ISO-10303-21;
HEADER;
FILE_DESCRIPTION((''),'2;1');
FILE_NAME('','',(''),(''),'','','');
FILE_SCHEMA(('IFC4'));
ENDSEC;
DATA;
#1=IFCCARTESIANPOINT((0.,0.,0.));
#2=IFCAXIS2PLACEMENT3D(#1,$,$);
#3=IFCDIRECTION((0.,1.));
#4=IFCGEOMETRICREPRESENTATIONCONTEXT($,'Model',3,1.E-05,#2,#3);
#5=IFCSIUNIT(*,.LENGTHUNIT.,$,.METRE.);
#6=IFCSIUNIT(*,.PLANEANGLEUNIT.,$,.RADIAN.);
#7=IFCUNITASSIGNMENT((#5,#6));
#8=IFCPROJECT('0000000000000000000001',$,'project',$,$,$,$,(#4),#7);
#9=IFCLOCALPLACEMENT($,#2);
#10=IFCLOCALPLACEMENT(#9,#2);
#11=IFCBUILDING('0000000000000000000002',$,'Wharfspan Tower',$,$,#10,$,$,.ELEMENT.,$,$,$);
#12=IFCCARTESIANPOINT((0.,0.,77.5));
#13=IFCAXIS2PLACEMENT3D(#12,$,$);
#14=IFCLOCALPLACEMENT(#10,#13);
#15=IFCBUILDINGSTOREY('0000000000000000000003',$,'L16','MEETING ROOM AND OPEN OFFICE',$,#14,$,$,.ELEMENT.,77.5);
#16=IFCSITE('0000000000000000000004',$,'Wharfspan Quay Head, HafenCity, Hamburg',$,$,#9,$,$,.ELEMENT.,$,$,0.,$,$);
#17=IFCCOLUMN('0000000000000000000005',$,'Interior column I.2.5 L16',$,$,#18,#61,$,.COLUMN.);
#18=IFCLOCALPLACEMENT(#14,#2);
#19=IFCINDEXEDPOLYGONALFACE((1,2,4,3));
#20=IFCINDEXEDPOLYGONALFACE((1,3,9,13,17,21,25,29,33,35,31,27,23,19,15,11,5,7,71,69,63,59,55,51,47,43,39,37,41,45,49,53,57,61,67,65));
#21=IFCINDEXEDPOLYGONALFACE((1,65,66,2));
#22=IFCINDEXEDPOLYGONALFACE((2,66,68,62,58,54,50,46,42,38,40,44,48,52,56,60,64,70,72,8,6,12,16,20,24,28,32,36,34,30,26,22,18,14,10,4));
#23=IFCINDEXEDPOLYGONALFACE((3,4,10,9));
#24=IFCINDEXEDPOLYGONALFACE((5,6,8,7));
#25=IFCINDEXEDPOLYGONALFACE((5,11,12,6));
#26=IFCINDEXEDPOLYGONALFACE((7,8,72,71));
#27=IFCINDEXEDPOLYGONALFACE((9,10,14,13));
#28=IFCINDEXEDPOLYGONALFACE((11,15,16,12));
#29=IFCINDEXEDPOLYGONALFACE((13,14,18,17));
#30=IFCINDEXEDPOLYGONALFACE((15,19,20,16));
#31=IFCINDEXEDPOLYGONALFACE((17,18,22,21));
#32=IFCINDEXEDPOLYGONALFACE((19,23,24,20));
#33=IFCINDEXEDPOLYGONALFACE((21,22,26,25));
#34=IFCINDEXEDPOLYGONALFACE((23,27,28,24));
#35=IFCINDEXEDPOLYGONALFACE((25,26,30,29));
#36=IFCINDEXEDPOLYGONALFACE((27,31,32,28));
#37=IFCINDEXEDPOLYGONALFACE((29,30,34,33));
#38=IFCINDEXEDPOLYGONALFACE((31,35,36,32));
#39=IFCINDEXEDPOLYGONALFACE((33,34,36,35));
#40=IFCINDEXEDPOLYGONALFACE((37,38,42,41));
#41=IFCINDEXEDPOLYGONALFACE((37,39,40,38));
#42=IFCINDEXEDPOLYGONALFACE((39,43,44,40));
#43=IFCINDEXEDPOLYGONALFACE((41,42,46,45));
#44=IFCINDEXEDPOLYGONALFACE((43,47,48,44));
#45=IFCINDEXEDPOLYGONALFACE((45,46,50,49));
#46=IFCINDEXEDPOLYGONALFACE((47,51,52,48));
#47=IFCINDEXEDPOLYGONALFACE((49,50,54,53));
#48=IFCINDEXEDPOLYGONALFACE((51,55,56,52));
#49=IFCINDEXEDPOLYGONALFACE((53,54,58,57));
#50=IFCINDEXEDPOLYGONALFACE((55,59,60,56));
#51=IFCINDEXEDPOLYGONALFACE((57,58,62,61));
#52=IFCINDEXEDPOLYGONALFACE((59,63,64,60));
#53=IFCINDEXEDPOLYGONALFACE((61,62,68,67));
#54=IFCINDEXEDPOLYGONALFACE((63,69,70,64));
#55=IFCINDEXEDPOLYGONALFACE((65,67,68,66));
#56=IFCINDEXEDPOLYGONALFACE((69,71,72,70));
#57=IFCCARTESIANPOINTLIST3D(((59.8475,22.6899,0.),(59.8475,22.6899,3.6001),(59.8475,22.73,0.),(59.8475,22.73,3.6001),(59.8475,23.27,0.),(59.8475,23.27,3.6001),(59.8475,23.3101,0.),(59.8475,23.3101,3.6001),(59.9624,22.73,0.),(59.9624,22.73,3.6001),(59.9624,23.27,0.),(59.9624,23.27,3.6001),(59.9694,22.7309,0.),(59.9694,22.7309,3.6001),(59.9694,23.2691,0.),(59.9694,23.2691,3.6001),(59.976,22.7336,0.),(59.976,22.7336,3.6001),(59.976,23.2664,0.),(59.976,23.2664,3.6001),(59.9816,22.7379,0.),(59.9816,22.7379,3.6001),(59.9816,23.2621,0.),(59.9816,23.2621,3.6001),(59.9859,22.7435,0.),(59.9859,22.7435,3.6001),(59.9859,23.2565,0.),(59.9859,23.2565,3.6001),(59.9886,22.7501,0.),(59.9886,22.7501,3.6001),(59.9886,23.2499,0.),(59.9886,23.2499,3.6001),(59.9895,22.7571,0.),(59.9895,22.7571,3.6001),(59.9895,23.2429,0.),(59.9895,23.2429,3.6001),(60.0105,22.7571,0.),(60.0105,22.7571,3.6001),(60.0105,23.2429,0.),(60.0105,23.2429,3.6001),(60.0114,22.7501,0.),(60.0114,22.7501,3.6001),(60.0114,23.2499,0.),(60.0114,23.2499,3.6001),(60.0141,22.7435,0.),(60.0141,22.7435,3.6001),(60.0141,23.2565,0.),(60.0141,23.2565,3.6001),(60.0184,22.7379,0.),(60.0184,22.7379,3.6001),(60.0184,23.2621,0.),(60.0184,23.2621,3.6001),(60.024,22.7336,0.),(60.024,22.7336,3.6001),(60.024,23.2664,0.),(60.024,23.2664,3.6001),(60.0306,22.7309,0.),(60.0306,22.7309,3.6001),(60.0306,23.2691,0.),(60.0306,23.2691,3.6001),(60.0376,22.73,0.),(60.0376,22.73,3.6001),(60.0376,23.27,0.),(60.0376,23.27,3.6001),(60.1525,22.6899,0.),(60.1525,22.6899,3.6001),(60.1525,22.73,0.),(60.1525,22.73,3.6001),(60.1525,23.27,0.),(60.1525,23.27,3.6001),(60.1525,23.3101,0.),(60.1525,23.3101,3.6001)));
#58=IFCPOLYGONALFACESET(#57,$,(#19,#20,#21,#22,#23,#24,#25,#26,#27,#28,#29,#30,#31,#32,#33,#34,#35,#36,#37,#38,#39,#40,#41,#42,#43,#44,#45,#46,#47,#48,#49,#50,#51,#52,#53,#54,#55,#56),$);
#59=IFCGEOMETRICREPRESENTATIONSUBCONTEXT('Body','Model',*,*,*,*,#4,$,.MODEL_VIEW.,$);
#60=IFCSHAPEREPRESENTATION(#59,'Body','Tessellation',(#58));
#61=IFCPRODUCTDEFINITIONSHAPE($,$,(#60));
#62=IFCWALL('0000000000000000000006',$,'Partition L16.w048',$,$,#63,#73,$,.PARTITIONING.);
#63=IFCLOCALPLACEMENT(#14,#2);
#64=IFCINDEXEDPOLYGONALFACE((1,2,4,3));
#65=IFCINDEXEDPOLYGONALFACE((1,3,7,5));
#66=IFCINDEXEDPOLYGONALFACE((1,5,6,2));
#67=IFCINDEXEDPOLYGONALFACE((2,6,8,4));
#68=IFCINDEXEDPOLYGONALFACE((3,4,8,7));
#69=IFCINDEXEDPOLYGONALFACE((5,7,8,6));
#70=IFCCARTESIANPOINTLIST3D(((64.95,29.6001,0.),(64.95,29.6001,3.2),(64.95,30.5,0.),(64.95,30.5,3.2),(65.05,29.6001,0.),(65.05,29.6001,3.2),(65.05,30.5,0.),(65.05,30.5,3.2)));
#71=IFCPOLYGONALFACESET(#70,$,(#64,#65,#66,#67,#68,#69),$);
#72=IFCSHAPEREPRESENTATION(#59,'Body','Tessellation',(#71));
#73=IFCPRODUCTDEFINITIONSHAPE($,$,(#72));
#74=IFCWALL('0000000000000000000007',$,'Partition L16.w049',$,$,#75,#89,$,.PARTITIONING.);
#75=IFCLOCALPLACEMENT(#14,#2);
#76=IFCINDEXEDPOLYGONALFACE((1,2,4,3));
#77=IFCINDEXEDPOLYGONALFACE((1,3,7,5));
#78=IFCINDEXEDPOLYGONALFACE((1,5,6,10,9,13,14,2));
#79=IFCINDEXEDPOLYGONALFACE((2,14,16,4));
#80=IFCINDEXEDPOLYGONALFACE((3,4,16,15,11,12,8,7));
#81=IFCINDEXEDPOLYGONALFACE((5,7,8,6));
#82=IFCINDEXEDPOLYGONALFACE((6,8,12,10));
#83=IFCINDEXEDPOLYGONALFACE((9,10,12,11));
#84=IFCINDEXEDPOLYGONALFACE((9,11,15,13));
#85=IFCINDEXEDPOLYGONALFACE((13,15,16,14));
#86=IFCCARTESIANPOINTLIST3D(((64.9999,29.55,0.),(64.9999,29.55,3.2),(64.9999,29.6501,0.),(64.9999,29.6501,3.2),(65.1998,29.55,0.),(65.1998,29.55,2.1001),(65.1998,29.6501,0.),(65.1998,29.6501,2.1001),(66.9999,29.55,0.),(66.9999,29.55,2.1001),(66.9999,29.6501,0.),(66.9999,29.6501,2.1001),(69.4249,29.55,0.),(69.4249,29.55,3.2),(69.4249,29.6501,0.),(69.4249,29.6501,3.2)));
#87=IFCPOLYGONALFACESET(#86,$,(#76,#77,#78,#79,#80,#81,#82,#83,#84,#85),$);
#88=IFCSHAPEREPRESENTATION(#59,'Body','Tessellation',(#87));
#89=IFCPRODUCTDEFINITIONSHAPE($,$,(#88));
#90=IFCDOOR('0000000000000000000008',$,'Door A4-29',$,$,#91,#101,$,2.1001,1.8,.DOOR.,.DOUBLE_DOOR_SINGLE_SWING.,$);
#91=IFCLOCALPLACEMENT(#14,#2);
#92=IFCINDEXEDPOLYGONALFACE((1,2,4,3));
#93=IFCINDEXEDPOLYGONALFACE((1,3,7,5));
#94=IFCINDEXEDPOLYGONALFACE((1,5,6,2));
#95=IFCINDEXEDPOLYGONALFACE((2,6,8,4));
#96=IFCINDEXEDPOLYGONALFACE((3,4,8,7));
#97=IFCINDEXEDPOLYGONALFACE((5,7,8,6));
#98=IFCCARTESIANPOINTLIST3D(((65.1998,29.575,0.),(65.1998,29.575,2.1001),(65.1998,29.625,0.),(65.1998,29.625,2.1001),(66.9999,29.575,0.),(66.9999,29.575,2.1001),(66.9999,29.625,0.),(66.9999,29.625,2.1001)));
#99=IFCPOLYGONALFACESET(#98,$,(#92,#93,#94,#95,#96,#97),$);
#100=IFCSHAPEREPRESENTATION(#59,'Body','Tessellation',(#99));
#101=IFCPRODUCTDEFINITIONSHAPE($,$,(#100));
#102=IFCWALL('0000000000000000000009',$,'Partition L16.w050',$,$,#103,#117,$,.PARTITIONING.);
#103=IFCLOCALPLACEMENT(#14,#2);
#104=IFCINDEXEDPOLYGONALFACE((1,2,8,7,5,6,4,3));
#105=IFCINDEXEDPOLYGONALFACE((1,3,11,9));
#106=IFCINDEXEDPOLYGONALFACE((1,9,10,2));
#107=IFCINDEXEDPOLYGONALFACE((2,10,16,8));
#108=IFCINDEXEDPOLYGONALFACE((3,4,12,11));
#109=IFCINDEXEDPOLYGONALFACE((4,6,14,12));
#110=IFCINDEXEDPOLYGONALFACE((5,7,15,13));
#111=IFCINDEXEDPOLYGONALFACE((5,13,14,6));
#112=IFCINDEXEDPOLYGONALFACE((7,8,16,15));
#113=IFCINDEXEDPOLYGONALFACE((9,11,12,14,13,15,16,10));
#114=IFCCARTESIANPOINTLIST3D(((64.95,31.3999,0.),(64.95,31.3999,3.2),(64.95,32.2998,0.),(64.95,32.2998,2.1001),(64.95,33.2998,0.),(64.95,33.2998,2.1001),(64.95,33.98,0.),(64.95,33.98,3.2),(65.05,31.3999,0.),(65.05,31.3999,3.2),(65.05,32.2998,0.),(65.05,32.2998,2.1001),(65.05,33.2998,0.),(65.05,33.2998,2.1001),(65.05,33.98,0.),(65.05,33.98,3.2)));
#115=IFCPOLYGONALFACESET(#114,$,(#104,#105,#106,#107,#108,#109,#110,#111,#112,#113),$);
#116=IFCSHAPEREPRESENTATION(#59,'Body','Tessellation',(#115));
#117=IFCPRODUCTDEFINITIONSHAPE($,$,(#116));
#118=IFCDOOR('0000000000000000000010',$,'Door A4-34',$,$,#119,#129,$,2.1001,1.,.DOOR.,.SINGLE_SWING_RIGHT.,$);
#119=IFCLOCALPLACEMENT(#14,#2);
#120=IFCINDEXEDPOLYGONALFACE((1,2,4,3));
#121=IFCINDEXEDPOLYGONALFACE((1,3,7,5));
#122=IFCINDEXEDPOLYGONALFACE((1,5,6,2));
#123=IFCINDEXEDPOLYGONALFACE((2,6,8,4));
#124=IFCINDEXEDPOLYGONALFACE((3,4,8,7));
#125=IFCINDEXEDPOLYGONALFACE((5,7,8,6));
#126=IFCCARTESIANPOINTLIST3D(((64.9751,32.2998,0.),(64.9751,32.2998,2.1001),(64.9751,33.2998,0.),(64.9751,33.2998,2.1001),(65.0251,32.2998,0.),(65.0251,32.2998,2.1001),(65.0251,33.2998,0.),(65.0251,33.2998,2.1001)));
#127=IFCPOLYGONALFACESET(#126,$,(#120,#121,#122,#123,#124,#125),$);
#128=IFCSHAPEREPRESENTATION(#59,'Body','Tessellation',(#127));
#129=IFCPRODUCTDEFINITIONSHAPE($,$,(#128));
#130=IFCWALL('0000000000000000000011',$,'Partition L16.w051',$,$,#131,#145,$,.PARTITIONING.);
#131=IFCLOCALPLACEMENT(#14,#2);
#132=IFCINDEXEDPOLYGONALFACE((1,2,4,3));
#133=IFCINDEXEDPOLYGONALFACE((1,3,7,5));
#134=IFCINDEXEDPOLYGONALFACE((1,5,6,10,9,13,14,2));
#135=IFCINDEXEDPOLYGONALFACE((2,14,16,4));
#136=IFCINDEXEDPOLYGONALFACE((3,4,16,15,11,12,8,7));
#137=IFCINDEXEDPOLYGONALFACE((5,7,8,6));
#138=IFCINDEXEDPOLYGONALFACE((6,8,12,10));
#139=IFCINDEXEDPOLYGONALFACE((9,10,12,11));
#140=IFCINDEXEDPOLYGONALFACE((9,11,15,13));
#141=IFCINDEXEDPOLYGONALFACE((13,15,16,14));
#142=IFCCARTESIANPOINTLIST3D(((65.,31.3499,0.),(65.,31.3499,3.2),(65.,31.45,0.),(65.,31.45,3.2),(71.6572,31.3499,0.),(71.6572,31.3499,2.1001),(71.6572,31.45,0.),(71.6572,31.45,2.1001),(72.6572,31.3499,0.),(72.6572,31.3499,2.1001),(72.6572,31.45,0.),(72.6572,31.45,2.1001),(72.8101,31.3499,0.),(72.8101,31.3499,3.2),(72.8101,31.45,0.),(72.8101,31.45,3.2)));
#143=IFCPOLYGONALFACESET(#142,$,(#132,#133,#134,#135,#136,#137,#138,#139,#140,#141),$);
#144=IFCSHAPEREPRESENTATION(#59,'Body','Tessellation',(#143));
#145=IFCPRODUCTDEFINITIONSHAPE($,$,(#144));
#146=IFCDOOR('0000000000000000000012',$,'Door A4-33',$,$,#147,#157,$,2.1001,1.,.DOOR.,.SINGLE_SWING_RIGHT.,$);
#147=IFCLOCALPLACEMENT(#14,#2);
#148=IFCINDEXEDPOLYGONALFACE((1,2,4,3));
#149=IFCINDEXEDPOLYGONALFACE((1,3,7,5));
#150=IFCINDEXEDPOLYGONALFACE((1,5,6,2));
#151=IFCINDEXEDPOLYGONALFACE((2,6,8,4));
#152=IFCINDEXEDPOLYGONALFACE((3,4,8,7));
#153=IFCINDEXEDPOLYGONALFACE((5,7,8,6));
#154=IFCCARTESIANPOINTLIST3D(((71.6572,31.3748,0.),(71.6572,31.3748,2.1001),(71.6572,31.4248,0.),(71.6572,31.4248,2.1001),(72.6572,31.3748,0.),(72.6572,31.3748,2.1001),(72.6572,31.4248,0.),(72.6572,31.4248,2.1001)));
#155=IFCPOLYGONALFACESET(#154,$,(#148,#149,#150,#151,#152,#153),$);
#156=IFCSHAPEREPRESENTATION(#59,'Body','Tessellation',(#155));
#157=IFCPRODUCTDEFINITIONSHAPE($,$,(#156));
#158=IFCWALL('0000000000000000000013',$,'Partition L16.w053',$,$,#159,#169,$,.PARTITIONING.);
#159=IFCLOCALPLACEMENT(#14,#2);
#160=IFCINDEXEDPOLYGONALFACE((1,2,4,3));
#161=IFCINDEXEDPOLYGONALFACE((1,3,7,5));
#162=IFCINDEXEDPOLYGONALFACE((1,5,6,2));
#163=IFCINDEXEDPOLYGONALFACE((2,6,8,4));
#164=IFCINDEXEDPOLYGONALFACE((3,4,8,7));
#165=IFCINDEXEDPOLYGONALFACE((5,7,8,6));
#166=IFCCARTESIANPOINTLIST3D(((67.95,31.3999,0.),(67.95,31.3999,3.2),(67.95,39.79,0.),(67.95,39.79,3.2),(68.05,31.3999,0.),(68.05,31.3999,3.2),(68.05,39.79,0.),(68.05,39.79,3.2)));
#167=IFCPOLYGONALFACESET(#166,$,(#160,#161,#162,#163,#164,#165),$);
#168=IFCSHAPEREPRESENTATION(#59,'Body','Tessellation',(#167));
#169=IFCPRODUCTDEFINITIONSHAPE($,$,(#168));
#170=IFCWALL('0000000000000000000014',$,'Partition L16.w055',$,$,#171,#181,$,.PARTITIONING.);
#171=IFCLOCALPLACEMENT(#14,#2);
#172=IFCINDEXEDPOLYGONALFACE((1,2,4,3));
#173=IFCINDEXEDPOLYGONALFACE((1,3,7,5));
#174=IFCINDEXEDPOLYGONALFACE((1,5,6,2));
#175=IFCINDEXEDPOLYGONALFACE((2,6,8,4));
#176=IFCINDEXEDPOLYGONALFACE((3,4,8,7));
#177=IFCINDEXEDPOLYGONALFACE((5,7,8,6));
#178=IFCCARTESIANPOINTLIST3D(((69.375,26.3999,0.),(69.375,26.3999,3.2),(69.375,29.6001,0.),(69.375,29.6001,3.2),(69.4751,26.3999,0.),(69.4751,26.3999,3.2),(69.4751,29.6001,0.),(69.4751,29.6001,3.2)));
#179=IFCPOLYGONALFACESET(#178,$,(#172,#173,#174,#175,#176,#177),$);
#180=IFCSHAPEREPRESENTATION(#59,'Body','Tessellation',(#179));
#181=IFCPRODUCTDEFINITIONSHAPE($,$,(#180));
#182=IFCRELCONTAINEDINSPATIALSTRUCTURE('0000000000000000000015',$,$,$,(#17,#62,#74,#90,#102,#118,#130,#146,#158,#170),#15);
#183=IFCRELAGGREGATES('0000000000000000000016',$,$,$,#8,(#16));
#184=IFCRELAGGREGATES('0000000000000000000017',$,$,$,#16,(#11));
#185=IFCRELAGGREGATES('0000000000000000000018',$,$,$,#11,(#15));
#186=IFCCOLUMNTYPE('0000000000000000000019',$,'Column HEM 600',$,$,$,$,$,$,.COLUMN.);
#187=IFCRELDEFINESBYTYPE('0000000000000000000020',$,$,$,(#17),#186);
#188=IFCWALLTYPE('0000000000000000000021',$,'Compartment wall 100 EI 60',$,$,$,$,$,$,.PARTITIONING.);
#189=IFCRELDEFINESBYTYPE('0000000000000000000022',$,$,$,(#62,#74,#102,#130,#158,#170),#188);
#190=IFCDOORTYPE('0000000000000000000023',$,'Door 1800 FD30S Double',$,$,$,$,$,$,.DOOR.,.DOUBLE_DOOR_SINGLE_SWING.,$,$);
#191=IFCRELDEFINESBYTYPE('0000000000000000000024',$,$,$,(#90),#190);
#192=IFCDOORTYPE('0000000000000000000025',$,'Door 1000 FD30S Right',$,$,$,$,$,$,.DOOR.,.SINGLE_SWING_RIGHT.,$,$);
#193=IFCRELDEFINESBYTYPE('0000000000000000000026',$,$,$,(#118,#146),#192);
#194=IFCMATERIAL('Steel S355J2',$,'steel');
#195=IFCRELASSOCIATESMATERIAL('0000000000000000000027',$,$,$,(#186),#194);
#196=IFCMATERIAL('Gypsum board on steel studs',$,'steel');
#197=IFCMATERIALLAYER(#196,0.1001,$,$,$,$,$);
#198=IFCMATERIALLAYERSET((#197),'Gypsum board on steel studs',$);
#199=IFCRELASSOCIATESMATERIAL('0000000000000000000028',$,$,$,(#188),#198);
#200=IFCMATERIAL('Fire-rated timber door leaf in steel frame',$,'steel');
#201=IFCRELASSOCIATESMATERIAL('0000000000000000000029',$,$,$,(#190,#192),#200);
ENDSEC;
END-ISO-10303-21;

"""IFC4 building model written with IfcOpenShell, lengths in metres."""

from ifc_helpers import new_model, si_unit, direction, frame, frame_2d, origin, origin_2d, place, context, subcontext, project, spatial, rectangle, i_section, extrude, material, layer, layer_set, material_profile, profile_set, type_object, element, fill, save


model = new_model("IFC4")

# Units and contexts
model_context = context("Model", 3, precision=1e-05, world=origin(), true_north=direction((0.0, 1.0)))
body_context = subcontext(model_context, "Body", "Model", "MODEL_VIEW")
ifc_project = project(units=[si_unit("LENGTHUNIT", "METRE"), si_unit("PLANEANGLEUNIT", "RADIAN")], contexts=[model_context])

# Site, building, storey
site_placement = place(None, origin())
site = spatial("IfcSite", under=ifc_project, at=site_placement, Name="Wharfspan Quay Head, HafenCity, Hamburg", CompositionType="ELEMENT", RefElevation=0.0)
building_placement = place(site_placement, origin())
building = spatial("IfcBuilding", under=site, at=building_placement, Name="Wharfspan Tower", CompositionType="ELEMENT")
storey_placement = place(building_placement, frame((0.0, 0.0, 77.5)))
storey = spatial("IfcBuildingStorey", under=building, at=storey_placement, Name="L16", Description="MEETING ROOM AND OPEN OFFICE", CompositionType="ELEMENT", Elevation=77.5)

# Column
ifc_material_1 = material(Name="Steel S355J2", Category="steel")
ifc_material_profile = material_profile(ifc_material_1, i_section(OverallWidth=0.3049, OverallDepth=0.6201, WebThickness=0.021, FlangeThickness=0.04, FilletRadius=0.0271, at=origin_2d()))
ifc_profile_set = profile_set([ifc_material_profile], Name="Steel S355J2")
column_type = type_object("IfcColumnType", Name="Column HEM 600", PredefinedType="COLUMN", material=ifc_profile_set)
column_placement = place(storey_placement, frame((60.0, 23.0, 0.0), z_axis=(0.0, 0.0, 1.0), x_axis=(1.0, 0.0, 0.0)))
element("IfcColumn", 1, at=column_placement, inside=storey, type_object=column_type, Name="Interior column I.2.5 L16", PredefinedType="COLUMN", context=body_context, shape_type="SweptSolid", body=[
    extrude(i_section(OverallWidth=0.3049, OverallDepth=0.6201, WebThickness=0.021, FlangeThickness=0.04, FilletRadius=0.0271, at=origin_2d()), origin(), (0.0, 0.0, 1.0), 3.6001),
])

# Wall
ifc_material_2 = material(Name="Gypsum board on steel studs", Category="steel")
ifc_layer_1 = layer(ifc_material_2, 0.1001)
ifc_layer_set_1 = layer_set([ifc_layer_1], Name="Gypsum board on steel studs")
wall_type_1 = type_object("IfcWallType", Name="Compartment wall 100 EI 60", PredefinedType="PARTITIONING", material=ifc_layer_set_1)
wall_1_placement = place(storey_placement, frame((65.0, 29.6001, 0.0), z_axis=(0.0, 0.0, 1.0), x_axis=(0.0, 1.0, 0.0)))
element("IfcWall", 2, at=wall_1_placement, inside=storey, type_object=wall_type_1, Name="Partition L16.w048", PredefinedType="PARTITIONING", context=body_context, shape_type="SweptSolid", body=[
    extrude(rectangle(XDim=0.8999, YDim=0.1001, at=frame_2d((0.45, 0.0))), origin(), (0.0, 0.0, 1.0), 3.2),
])

# Walls, openings, doors
wall_2_placement = place(storey_placement, frame((65.0, 29.6001, 0.0), z_axis=(0.0, 0.0, 1.0), x_axis=(1.0, 0.0, 0.0)))
wall_2 = element("IfcWall", 3, at=wall_2_placement, inside=storey, type_object=wall_type_1, Name="Partition L16.w049", PredefinedType="PARTITIONING", context=body_context, shape_type="SweptSolid", body=[
    extrude(rectangle(XDim=4.425, YDim=0.1001, at=frame_2d((2.2124, 0.0))), origin(), (0.0, 0.0, 1.0), 3.2),
])
opening_1_placement = place(wall_2_placement, frame((0.2, 0.0, 0.0)))
opening_1 = element("IfcOpeningElement", 4, at=opening_1_placement, cuts=wall_2, PredefinedType="OPENING", context=body_context, shape_type="SweptSolid", body=[
    extrude(rectangle(XDim=1.8, YDim=2.1001, at=frame_2d((0.8999, 1.05))), frame((0.0, 0.0601, 0.0), z_axis=(0.0, -1.0, 0.0), x_axis=(1.0, 0.0, 0.0)), (0.0, 0.0, 1.0), 0.1201),
])
ifc_material_3 = material(Name="Fire-rated timber door leaf in steel frame", Category="steel")
door_type_1 = type_object("IfcDoorType", Name="Door 1800 FD30S Double", OperationType="DOUBLE_DOOR_SINGLE_SWING", PredefinedType="DOOR", material=ifc_material_3)
door_1_placement = place(opening_1_placement, origin())
door_1 = element("IfcDoor", 5, at=door_1_placement, inside=storey, type_object=door_type_1, Name="Door A4-29", OperationType="DOUBLE_DOOR_SINGLE_SWING", OverallHeight=2.1001, OverallWidth=1.8, PredefinedType="DOOR", context=body_context, shape_type="SweptSolid", body=[
    extrude(rectangle(XDim=1.8, YDim=2.1001, at=frame_2d((0.8999, 1.05))), frame((0.0, 0.0249, 0.0), z_axis=(0.0, -1.0, 0.0), x_axis=(1.0, 0.0, 0.0)), (0.0, 0.0, 1.0), 0.05),
])
fill(opening_1, door_1)
wall_3_placement = place(storey_placement, frame((65.0, 31.3999, 0.0), z_axis=(0.0, 0.0, 1.0), x_axis=(0.0, 1.0, 0.0)))
wall_3 = element("IfcWall", 6, at=wall_3_placement, inside=storey, type_object=wall_type_1, Name="Partition L16.w050", PredefinedType="PARTITIONING", context=body_context, shape_type="SweptSolid", body=[
    extrude(rectangle(XDim=2.5801, YDim=0.1001, at=frame_2d((1.29, 0.0))), origin(), (0.0, 0.0, 1.0), 3.2),
])
opening_2_placement = place(wall_3_placement, frame((0.8999, 0.0, 0.0)))
opening_2 = element("IfcOpeningElement", 7, at=opening_2_placement, cuts=wall_3, PredefinedType="OPENING", context=body_context, shape_type="SweptSolid", body=[
    extrude(rectangle(XDim=1.0, YDim=2.1001, at=frame_2d((0.5, 1.05))), frame((0.0, 0.0601, 0.0), z_axis=(0.0, -1.0, 0.0), x_axis=(1.0, 0.0, 0.0)), (0.0, 0.0, 1.0), 0.1201),
])
door_type_2 = type_object("IfcDoorType", Name="Door 1000 FD30S Right", OperationType="SINGLE_SWING_RIGHT", PredefinedType="DOOR", material=ifc_material_3)
door_2_placement = place(opening_2_placement, origin())
door_2 = element("IfcDoor", 8, at=door_2_placement, inside=storey, type_object=door_type_2, Name="Door A4-34", OperationType="SINGLE_SWING_RIGHT", OverallHeight=2.1001, OverallWidth=1.0, PredefinedType="DOOR", context=body_context, shape_type="SweptSolid", body=[
    extrude(rectangle(XDim=1.0, YDim=2.1001, at=frame_2d((0.5, 1.05))), frame((0.0, 0.0249, 0.0), z_axis=(0.0, -1.0, 0.0), x_axis=(1.0, 0.0, 0.0)), (0.0, 0.0, 1.0), 0.05),
])
fill(opening_2, door_2)
wall_4_placement = place(storey_placement, frame((65.0, 31.3999, 0.0), z_axis=(0.0, 0.0, 1.0), x_axis=(1.0, 0.0, 0.0)))
wall_4 = element("IfcWall", 9, at=wall_4_placement, inside=storey, type_object=wall_type_1, Name="Partition L16.w051", PredefinedType="PARTITIONING", context=body_context, shape_type="SweptSolid", body=[
    extrude(rectangle(XDim=7.8101, YDim=0.1001, at=frame_2d((3.905, 0.0))), origin(), (0.0, 0.0, 1.0), 3.2),
])
opening_3_placement = place(wall_4_placement, frame((6.6572, 0.0, 0.0)))
opening_3 = element("IfcOpeningElement", 10, at=opening_3_placement, cuts=wall_4, PredefinedType="OPENING", context=body_context, shape_type="SweptSolid", body=[
    extrude(rectangle(XDim=1.0, YDim=2.1001, at=frame_2d((0.5, 1.05))), frame((0.0, 0.0601, 0.0), z_axis=(0.0, -1.0, 0.0), x_axis=(1.0, 0.0, 0.0)), (0.0, 0.0, 1.0), 0.1201),
])
door_3_placement = place(opening_3_placement, origin())
door_3 = element("IfcDoor", 11, at=door_3_placement, inside=storey, type_object=door_type_2, Name="Door A4-33", OperationType="SINGLE_SWING_RIGHT", OverallHeight=2.1001, OverallWidth=1.0, PredefinedType="DOOR", context=body_context, shape_type="SweptSolid", body=[
    extrude(rectangle(XDim=1.0, YDim=2.1001, at=frame_2d((0.5, 1.05))), frame((0.0, 0.0249, 0.0), z_axis=(0.0, -1.0, 0.0), x_axis=(1.0, 0.0, 0.0)), (0.0, 0.0, 1.0), 0.05),
])
fill(opening_3, door_3)

# Walls
wall_5_placement = place(storey_placement, frame((68.0, 31.3999, 0.0), z_axis=(0.0, 0.0, 1.0), x_axis=(0.0, 1.0, 0.0)))
element("IfcWall", 12, at=wall_5_placement, inside=storey, type_object=wall_type_1, Name="Partition L16.w053", PredefinedType="PARTITIONING", context=body_context, shape_type="SweptSolid", body=[
    extrude(rectangle(XDim=8.3901, YDim=0.1001, at=frame_2d((4.1951, 0.0))), origin(), (0.0, 0.0, 1.0), 3.2),
])
wall_6_placement = place(storey_placement, frame((69.425, 26.3999, 0.0), z_axis=(0.0, 0.0, 1.0), x_axis=(0.0, 1.0, 0.0)))
element("IfcWall", 13, at=wall_6_placement, inside=storey, type_object=wall_type_1, Name="Partition L16.w055", PredefinedType="PARTITIONING", context=body_context, shape_type="SweptSolid", body=[
    extrude(rectangle(XDim=3.2002, YDim=0.1001, at=frame_2d((1.6001, 0.0))), origin(), (0.0, 0.0, 1.0), 3.2),
])

save(model, "model.ifc")
